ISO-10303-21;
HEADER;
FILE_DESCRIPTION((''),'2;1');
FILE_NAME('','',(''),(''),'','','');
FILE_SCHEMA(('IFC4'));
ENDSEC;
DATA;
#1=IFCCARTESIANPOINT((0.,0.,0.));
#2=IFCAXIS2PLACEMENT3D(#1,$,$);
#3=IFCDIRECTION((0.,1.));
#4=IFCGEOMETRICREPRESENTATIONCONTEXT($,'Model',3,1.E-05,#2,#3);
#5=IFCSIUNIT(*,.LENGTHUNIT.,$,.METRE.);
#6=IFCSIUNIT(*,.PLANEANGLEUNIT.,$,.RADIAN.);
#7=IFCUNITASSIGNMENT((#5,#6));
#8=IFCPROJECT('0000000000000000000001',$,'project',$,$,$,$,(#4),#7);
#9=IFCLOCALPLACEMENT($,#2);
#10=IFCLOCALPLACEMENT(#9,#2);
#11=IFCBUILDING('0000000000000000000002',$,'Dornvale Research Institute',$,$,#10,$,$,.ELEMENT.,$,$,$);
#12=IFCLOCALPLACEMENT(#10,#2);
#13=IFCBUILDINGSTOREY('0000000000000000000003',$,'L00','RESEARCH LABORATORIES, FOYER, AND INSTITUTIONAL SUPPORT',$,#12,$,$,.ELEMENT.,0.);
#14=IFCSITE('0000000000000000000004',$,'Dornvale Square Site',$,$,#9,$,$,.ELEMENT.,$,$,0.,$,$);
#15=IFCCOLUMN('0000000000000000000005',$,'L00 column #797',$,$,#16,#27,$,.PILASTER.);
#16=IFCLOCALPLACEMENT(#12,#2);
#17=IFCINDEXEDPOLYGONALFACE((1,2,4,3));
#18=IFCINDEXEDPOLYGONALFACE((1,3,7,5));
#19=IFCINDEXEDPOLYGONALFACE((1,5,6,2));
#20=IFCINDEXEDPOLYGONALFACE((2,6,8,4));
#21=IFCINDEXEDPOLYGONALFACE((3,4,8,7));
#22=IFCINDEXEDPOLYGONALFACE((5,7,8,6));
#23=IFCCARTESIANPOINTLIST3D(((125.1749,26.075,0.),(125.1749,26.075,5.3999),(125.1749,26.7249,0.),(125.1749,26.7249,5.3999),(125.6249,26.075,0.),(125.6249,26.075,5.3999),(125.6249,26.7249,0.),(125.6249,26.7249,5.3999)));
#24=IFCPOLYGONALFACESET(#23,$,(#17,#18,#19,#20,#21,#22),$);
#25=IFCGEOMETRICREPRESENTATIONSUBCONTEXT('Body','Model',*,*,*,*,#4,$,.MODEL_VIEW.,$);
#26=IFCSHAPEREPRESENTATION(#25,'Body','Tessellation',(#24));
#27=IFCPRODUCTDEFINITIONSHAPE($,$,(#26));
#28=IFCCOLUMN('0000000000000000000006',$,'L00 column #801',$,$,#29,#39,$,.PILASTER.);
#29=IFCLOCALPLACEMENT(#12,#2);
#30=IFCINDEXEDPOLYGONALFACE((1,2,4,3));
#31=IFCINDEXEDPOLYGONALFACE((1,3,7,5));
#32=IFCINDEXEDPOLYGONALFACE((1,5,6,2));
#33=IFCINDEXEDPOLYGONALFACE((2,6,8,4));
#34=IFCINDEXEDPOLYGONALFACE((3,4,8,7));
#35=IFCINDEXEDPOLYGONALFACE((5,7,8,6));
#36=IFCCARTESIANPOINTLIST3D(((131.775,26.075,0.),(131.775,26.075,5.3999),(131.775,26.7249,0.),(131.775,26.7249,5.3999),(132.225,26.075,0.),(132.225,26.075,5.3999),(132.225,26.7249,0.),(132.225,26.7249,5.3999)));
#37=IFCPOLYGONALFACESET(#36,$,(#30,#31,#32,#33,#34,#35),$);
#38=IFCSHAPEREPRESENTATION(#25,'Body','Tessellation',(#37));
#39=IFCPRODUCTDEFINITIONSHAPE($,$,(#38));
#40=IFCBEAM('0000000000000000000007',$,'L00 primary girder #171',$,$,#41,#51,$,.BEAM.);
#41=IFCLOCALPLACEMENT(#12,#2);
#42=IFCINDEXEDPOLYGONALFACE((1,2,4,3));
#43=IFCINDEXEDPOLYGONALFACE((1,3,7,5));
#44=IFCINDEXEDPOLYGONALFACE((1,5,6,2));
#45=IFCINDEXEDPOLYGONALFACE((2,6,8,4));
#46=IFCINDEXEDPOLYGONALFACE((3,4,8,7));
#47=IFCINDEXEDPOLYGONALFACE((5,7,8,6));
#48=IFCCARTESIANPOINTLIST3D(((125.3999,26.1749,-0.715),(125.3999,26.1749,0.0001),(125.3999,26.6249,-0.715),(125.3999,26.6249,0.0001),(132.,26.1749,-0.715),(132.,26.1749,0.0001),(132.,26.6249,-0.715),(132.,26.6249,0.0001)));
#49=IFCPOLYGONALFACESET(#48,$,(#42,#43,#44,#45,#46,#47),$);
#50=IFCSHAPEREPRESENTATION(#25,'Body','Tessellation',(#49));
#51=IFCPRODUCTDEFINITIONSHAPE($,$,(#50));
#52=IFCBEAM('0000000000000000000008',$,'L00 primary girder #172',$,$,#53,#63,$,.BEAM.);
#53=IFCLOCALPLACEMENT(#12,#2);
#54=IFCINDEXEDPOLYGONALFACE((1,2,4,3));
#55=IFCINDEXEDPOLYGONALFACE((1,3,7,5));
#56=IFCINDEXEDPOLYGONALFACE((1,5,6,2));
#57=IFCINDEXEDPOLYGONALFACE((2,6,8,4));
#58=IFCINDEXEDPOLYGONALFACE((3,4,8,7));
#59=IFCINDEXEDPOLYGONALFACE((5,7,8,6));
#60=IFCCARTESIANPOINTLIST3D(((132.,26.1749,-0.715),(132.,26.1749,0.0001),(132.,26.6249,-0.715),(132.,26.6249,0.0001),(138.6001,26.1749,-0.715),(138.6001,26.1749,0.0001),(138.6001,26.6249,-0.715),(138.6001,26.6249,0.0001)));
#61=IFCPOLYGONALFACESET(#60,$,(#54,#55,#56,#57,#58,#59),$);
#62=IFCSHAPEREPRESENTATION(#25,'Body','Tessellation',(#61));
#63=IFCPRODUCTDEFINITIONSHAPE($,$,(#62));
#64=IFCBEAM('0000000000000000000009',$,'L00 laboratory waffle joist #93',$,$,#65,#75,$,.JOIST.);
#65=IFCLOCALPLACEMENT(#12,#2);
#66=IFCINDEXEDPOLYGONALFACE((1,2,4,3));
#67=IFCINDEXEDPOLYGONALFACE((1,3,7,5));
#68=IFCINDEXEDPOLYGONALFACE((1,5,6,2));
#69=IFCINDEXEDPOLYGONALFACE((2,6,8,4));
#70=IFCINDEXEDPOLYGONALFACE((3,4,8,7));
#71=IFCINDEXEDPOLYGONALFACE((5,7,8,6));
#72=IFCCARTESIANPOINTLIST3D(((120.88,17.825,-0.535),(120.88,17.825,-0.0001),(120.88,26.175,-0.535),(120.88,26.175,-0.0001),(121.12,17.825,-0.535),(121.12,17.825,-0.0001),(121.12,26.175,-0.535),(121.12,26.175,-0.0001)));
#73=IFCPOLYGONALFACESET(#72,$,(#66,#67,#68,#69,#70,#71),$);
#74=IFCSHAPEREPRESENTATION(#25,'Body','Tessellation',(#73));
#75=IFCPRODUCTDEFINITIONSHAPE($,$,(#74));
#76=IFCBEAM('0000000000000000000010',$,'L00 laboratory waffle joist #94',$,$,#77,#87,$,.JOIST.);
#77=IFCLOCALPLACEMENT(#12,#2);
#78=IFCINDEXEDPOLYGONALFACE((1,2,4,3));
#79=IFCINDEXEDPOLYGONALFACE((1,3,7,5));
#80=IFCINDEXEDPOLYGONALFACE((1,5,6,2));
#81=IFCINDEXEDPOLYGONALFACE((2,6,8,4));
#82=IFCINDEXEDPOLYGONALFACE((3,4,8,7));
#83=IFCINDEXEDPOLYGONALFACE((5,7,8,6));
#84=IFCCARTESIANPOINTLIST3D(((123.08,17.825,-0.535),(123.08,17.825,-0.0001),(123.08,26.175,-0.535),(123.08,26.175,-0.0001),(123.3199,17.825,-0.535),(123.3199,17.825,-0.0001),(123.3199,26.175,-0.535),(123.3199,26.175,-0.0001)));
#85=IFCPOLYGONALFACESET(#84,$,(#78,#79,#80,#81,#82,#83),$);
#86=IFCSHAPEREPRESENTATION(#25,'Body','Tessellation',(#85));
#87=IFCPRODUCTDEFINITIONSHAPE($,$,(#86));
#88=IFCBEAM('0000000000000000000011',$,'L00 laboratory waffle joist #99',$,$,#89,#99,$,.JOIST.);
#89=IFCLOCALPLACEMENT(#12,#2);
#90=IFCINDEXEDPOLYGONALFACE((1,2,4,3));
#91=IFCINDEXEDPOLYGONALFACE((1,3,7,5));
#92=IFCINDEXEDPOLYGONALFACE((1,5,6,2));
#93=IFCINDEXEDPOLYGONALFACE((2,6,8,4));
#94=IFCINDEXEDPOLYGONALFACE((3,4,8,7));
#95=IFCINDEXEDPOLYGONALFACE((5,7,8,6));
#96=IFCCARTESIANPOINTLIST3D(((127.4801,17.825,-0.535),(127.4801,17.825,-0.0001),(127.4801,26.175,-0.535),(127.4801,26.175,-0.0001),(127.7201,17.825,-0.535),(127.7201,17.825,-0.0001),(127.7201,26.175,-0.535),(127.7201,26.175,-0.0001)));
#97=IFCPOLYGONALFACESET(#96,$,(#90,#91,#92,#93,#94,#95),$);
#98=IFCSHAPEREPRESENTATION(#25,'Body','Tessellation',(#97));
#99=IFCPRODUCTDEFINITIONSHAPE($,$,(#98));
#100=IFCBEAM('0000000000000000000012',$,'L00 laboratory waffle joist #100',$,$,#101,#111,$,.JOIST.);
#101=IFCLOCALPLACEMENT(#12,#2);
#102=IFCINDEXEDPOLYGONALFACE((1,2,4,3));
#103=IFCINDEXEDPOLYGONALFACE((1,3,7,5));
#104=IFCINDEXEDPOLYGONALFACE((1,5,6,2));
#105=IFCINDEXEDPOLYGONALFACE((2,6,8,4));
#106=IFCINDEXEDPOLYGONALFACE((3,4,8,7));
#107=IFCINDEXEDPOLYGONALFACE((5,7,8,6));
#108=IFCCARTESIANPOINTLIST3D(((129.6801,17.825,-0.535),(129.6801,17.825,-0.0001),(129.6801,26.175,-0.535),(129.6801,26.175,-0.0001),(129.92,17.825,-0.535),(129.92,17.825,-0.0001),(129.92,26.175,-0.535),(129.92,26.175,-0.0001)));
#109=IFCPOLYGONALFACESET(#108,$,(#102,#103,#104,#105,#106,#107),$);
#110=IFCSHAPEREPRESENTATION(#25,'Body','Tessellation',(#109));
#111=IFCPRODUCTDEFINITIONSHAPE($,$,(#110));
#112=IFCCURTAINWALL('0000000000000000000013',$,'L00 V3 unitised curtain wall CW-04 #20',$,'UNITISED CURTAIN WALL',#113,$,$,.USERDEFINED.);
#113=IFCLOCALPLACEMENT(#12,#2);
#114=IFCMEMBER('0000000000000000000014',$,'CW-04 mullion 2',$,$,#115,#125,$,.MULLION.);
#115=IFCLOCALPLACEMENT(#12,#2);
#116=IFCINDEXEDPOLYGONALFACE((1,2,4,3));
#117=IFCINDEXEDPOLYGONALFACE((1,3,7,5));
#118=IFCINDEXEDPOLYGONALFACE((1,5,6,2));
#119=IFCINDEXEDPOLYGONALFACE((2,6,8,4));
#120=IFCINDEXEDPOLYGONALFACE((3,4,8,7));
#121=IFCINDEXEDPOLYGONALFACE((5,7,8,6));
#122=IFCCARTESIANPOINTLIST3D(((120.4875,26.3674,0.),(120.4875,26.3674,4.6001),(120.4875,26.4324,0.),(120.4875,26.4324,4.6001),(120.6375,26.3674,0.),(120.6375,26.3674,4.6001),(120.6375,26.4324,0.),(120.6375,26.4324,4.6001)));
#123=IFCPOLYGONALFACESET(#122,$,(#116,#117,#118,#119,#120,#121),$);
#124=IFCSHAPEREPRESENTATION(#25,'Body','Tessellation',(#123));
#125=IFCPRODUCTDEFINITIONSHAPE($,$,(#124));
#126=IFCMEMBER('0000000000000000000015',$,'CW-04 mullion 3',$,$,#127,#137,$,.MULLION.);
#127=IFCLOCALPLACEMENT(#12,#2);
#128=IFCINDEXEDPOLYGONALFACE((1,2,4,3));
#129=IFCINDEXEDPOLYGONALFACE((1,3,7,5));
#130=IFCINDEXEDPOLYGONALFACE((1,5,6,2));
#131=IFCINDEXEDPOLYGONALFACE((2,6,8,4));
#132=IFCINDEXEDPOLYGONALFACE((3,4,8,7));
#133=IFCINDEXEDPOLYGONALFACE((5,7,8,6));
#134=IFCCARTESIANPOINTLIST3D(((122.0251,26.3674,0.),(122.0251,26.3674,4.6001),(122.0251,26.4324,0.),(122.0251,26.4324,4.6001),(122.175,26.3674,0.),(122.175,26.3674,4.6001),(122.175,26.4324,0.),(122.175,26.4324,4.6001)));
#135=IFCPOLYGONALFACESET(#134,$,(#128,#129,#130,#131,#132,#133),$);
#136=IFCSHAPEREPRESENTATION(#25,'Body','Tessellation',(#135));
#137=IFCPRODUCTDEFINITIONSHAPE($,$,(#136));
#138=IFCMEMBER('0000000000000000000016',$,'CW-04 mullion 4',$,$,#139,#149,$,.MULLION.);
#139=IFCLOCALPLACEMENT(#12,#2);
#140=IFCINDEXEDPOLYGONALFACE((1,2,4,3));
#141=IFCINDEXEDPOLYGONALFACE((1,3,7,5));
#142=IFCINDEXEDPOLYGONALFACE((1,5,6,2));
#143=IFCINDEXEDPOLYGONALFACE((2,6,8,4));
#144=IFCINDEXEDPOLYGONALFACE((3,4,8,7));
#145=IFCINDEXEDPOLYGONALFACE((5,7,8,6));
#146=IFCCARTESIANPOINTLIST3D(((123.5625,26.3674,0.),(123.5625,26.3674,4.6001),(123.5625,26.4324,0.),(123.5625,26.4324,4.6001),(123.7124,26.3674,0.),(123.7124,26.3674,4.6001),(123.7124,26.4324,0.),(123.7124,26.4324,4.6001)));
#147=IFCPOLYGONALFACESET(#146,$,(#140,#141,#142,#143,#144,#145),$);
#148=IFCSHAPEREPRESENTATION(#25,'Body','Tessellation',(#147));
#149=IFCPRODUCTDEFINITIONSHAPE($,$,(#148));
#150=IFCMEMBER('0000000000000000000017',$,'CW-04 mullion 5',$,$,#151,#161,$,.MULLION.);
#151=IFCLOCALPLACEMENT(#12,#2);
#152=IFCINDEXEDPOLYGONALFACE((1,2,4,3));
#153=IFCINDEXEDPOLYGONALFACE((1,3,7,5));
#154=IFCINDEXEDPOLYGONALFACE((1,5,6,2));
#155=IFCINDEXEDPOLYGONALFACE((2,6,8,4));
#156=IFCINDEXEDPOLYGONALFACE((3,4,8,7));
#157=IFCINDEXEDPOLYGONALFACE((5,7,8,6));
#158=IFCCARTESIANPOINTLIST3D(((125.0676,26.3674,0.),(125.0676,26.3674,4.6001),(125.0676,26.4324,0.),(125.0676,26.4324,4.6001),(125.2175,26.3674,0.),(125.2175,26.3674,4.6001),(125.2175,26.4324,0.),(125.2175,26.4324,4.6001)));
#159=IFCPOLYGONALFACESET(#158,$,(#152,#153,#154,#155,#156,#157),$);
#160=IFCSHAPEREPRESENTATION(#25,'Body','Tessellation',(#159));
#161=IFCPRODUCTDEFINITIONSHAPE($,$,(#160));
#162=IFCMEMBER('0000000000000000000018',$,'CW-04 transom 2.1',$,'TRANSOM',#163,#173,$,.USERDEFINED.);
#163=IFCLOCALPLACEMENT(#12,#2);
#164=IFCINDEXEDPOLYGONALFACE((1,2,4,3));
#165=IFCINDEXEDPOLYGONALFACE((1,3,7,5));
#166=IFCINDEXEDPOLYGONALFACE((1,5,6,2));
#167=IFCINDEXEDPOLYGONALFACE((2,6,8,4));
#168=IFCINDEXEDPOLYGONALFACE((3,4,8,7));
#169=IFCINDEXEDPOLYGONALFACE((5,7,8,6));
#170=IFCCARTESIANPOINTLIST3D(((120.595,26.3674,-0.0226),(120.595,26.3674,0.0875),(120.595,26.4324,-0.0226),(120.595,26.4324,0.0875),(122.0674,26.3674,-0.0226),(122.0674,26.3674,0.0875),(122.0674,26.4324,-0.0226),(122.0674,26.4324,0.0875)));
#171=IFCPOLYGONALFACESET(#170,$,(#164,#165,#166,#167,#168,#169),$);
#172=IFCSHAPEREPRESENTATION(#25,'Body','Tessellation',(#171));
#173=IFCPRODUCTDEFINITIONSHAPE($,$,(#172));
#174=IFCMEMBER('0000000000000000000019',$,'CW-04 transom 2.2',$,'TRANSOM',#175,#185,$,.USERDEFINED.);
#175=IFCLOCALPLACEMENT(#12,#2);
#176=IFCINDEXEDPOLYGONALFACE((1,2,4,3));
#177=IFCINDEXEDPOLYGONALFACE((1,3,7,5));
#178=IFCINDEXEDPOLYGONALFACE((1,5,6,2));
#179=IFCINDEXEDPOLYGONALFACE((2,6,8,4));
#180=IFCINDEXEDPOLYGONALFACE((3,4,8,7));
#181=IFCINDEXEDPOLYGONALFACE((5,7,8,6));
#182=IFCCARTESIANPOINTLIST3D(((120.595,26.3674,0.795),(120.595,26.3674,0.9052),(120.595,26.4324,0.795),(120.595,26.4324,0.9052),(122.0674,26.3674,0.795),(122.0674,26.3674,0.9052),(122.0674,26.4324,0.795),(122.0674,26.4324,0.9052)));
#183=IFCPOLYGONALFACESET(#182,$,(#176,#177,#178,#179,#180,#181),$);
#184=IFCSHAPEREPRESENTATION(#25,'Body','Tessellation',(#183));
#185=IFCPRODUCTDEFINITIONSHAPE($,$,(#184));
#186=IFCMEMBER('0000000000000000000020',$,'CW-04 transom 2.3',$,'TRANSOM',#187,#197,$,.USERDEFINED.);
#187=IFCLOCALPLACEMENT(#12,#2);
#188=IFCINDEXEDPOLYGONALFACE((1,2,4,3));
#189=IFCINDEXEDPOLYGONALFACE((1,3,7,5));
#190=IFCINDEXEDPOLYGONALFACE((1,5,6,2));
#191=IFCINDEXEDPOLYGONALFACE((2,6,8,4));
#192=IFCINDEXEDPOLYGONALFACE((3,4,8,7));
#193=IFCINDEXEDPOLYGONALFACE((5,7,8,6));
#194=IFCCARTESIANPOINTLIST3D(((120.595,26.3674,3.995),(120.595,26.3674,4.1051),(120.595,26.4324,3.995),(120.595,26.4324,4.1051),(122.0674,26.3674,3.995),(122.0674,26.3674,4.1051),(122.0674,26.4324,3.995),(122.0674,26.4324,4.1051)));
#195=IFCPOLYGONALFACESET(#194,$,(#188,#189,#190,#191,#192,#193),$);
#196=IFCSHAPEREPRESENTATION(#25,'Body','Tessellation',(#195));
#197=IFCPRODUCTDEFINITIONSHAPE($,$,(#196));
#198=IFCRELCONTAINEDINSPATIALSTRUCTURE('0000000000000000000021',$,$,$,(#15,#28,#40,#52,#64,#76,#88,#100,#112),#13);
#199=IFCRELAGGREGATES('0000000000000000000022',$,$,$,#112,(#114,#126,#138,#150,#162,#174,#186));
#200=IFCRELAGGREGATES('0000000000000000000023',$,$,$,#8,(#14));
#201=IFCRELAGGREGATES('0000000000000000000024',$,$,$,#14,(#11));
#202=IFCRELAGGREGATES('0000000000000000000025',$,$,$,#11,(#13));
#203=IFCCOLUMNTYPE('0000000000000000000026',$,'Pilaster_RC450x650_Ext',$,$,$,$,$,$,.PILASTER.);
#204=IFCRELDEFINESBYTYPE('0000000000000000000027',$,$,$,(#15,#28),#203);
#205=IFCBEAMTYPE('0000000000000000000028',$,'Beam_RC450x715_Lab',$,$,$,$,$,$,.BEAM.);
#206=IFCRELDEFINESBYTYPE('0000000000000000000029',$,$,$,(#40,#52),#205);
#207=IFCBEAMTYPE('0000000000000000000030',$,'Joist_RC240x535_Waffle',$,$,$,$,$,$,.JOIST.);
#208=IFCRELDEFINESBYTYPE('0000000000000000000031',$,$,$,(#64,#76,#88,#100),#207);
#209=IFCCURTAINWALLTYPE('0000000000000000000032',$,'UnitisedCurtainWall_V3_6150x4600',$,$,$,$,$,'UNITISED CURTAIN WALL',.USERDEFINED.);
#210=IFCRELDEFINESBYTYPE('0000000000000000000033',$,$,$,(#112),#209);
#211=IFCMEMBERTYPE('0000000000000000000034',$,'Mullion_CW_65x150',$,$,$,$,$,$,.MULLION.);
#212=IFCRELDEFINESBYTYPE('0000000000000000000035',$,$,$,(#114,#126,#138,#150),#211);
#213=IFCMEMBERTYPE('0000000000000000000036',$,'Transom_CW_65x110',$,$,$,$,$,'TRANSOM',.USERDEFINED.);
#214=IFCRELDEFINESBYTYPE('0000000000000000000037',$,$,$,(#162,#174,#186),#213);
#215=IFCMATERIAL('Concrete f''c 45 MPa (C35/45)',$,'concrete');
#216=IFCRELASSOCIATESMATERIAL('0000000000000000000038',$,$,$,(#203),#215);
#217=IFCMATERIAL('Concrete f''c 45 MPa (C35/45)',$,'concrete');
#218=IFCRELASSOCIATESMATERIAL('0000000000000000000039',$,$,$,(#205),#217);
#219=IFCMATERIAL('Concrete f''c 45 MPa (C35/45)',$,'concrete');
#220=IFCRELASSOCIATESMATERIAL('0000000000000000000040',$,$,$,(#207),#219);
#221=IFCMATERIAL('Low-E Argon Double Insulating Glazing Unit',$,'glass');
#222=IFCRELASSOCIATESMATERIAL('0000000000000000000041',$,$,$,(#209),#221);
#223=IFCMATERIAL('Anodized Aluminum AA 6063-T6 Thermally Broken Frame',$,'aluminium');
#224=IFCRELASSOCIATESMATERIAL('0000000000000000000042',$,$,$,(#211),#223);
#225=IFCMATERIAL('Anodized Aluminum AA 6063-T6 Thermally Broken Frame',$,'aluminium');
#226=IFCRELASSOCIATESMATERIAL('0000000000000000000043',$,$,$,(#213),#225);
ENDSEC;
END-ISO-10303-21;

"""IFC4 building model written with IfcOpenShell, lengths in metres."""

from ifc_helpers import new_model, si_unit, direction, frame, origin, origin_2d, place, context, subcontext, project, spatial, rectangle, extrude, material, material_profile, profile_set, type_object, element, aggregate, save


model = new_model("IFC4")

# Units and contexts
model_context = context("Model", 3, precision=1e-05, world=origin(), true_north=direction((0.0, 1.0)))
body_context = subcontext(model_context, "Body", "Model", "MODEL_VIEW")
ifc_project = project(units=[si_unit("LENGTHUNIT", "METRE"), si_unit("PLANEANGLEUNIT", "RADIAN")], contexts=[model_context])

# Site, building, storey
site_placement = place(None, origin())
site = spatial("IfcSite", under=ifc_project, at=site_placement, Name="Dornvale Square Site", CompositionType="ELEMENT", RefElevation=0.0)
building_placement = place(site_placement, origin())
building = spatial("IfcBuilding", under=site, at=building_placement, Name="Dornvale Research Institute", CompositionType="ELEMENT")
storey_placement = place(building_placement, origin())
storey = spatial("IfcBuildingStorey", under=building, at=storey_placement, Name="L00", Description="RESEARCH LABORATORIES, FOYER, AND INSTITUTIONAL SUPPORT", CompositionType="ELEMENT", Elevation=0.0)

# Columns
ifc_material_1 = material(Name="Concrete f'c 45 MPa (C35/45)", Category="concrete")
ifc_material_profile_1 = material_profile(ifc_material_1, rectangle(XDim=0.45, YDim=0.6499, at=origin_2d()), Name="RC 450x650")
ifc_profile_set_1 = profile_set([ifc_material_profile_1], Name="Concrete f'c 45 MPa (C35/45)")
column_type = type_object("IfcColumnType", Name="Pilaster_RC450x650_Ext", PredefinedType="PILASTER", material=ifc_profile_set_1)
for number, where, z_axis, x_axis, name in (
    (1, (125.3999, 26.3999, 0.0), (0.0, 0.0, 1.0), (1.0, 0.0, 0.0), "L00 column #797"),
    (2, (132.0, 26.3999, 0.0), (0.0, 0.0, 1.0), (1.0, 0.0, 0.0), "L00 column #801"),
):
    element("IfcColumn", number, at=place(storey_placement, frame(where, z_axis=z_axis, x_axis=x_axis)), inside=storey, type_object=column_type, Name=name, PredefinedType="PILASTER", context=body_context, shape_type="SweptSolid", body=[
        extrude(rectangle(XDim=0.45, YDim=0.6499, at=origin_2d()), origin(), (0.0, 0.0, 1.0), 5.3999),
    ])

# Beams
ifc_material_2 = material(Name="Concrete f'c 45 MPa (C35/45)", Category="concrete")
ifc_material_profile_2 = material_profile(ifc_material_2, rectangle(XDim=0.45, YDim=0.7151, at=origin_2d()), Name="RC 450x715")
ifc_profile_set_2 = profile_set([ifc_material_profile_2], Name="Concrete f'c 45 MPa (C35/45)")
beam_type_1 = type_object("IfcBeamType", Name="Beam_RC450x715_Lab", PredefinedType="BEAM", material=ifc_profile_set_2)
for number, where, z_axis, x_axis, name in (
    (3, (125.3999, 26.3999, -0.3574), (1.0, 0.0, 0.0), (0.0, 1.0, 0.0), "L00 primary girder #171"),
    (4, (132.0, 26.3999, -0.3574), (1.0, 0.0, 0.0), (0.0, 1.0, 0.0), "L00 primary girder #172"),
):
    element("IfcBeam", number, at=place(storey_placement, frame(where, z_axis=z_axis, x_axis=x_axis)), inside=storey, type_object=beam_type_1, Name=name, PredefinedType="BEAM", context=body_context, shape_type="SweptSolid", body=[
        extrude(rectangle(XDim=0.45, YDim=0.7151, at=origin_2d()), origin(), (0.0, 0.0, 1.0), 6.6001),
    ])
ifc_material_3 = material(Name="Concrete f'c 45 MPa (C35/45)", Category="concrete")
ifc_material_profile_3 = material_profile(ifc_material_3, rectangle(XDim=0.24, YDim=0.5349, at=origin_2d()), Name="RC 240x535")
ifc_profile_set_3 = profile_set([ifc_material_profile_3], Name="Concrete f'c 45 MPa (C35/45)")
beam_type_2 = type_object("IfcBeamType", Name="Joist_RC240x535_Waffle", PredefinedType="JOIST", material=ifc_profile_set_3)
for number, where, z_axis, x_axis, name in (
    (5, (121.0, 17.825, -0.2676), (0.0, 1.0, 0.0), (-1.0, 0.0, 0.0), "L00 laboratory waffle joist #93"),
    (6, (123.2, 17.825, -0.2676), (0.0, 1.0, 0.0), (-1.0, 0.0, 0.0), "L00 laboratory waffle joist #94"),
    (7, (127.6001, 17.825, -0.2676), (0.0, 1.0, 0.0), (-1.0, 0.0, 0.0), "L00 laboratory waffle joist #99"),
    (8, (129.8, 17.825, -0.2676), (0.0, 1.0, 0.0), (-1.0, 0.0, 0.0), "L00 laboratory waffle joist #100"),
):
    element("IfcBeam", number, at=place(storey_placement, frame(where, z_axis=z_axis, x_axis=x_axis)), inside=storey, type_object=beam_type_2, Name=name, PredefinedType="JOIST", context=body_context, shape_type="SweptSolid", body=[
        extrude(rectangle(XDim=0.24, YDim=0.5349, at=origin_2d()), origin(), (0.0, 0.0, 1.0), 8.3501),
    ])

# Curtain wall, members
ifc_material_4 = material(Name="Low-E Argon Double Insulating Glazing Unit", Category="glass")
curtain_wall_type = type_object("IfcCurtainWallType", Name="UnitisedCurtainWall_V3_6150x4600", ElementType="UNITISED CURTAIN WALL", PredefinedType="USERDEFINED", material=ifc_material_4)
curtain_wall_placement = place(storey_placement, origin())
curtain_wall = element("IfcCurtainWall", 9, at=curtain_wall_placement, inside=storey, type_object=curtain_wall_type, Name="L00 V3 unitised curtain wall CW-04 #20", ObjectType="UNITISED CURTAIN WALL", PredefinedType="USERDEFINED")
ifc_material_5 = material(Name="Anodized Aluminum AA 6063-T6 Thermally Broken Frame", Category="aluminium")
ifc_material_profile_4 = material_profile(ifc_material_5, rectangle(XDim=0.0649, YDim=0.1499, at=origin_2d()), Name="ALU MULLION 65x150")
ifc_profile_set_4 = profile_set([ifc_material_profile_4], Name="Anodized Aluminum AA 6063-T6 Thermally Broken Frame")
member_type_1 = type_object("IfcMemberType", Name="Mullion_CW_65x150", PredefinedType="MULLION", material=ifc_profile_set_4)
member_1_placement = place(storey_placement, frame((120.5625, 26.3999, 0.0), z_axis=(0.0, 0.0, 1.0), x_axis=(0.0, 1.0, 0.0)))
member_1 = element("IfcMember", 10, at=member_1_placement, type_object=member_type_1, Name="CW-04 mullion 2", PredefinedType="MULLION", context=body_context, shape_type="SweptSolid", body=[
    extrude(rectangle(XDim=0.0649, YDim=0.1499, at=origin_2d()), origin(), (0.0, 0.0, 1.0), 4.6001),
])
member_2_placement = place(storey_placement, frame((122.1001, 26.3999, 0.0), z_axis=(0.0, 0.0, 1.0), x_axis=(0.0, 1.0, 0.0)))
member_2 = element("IfcMember", 11, at=member_2_placement, type_object=member_type_1, Name="CW-04 mullion 3", PredefinedType="MULLION", context=body_context, shape_type="SweptSolid", body=[
    extrude(rectangle(XDim=0.0649, YDim=0.1499, at=origin_2d()), origin(), (0.0, 0.0, 1.0), 4.6001),
])
member_3_placement = place(storey_placement, frame((123.6375, 26.3999, 0.0), z_axis=(0.0, 0.0, 1.0), x_axis=(0.0, 1.0, 0.0)))
member_3 = element("IfcMember", 12, at=member_3_placement, type_object=member_type_1, Name="CW-04 mullion 4", PredefinedType="MULLION", context=body_context, shape_type="SweptSolid", body=[
    extrude(rectangle(XDim=0.0649, YDim=0.1499, at=origin_2d()), origin(), (0.0, 0.0, 1.0), 4.6001),
])
member_4_placement = place(storey_placement, frame((125.1426, 26.3999, 0.0), z_axis=(0.0, 0.0, 1.0), x_axis=(0.0, 1.0, 0.0)))
member_4 = element("IfcMember", 13, at=member_4_placement, type_object=member_type_1, Name="CW-04 mullion 5", PredefinedType="MULLION", context=body_context, shape_type="SweptSolid", body=[
    extrude(rectangle(XDim=0.0649, YDim=0.1499, at=origin_2d()), origin(), (0.0, 0.0, 1.0), 4.6001),
])
ifc_material_6 = material(Name="Anodized Aluminum AA 6063-T6 Thermally Broken Frame", Category="aluminium")
ifc_material_profile_5 = material_profile(ifc_material_6, rectangle(XDim=0.0649, YDim=0.1101, at=origin_2d()), Name="ALU TRANSOM 65x110")
ifc_profile_set_5 = profile_set([ifc_material_profile_5], Name="Anodized Aluminum AA 6063-T6 Thermally Broken Frame")
member_type_2 = type_object("IfcMemberType", Name="Transom_CW_65x110", ElementType="TRANSOM", PredefinedType="USERDEFINED", material=ifc_profile_set_5)
member_5_placement = place(storey_placement, frame((120.595, 26.3999, 0.0325), z_axis=(1.0, 0.0, 0.0), x_axis=(0.0, 1.0, 0.0)))
member_5 = element("IfcMember", 14, at=member_5_placement, type_object=member_type_2, Name="CW-04 transom 2.1", ObjectType="TRANSOM", PredefinedType="USERDEFINED", context=body_context, shape_type="SweptSolid", body=[
    extrude(rectangle(XDim=0.0649, YDim=0.1101, at=origin_2d()), origin(), (0.0, 0.0, 1.0), 1.4724),
])
member_6_placement = place(storey_placement, frame((120.595, 26.3999, 0.8501), z_axis=(1.0, 0.0, 0.0), x_axis=(0.0, 1.0, 0.0)))
member_6 = element("IfcMember", 15, at=member_6_placement, type_object=member_type_2, Name="CW-04 transom 2.2", ObjectType="TRANSOM", PredefinedType="USERDEFINED", context=body_context, shape_type="SweptSolid", body=[
    extrude(rectangle(XDim=0.0649, YDim=0.1101, at=origin_2d()), origin(), (0.0, 0.0, 1.0), 1.4724),
])
member_7_placement = place(storey_placement, frame((120.595, 26.3999, 4.05), z_axis=(1.0, 0.0, 0.0), x_axis=(0.0, 1.0, 0.0)))
member_7 = element("IfcMember", 16, at=member_7_placement, type_object=member_type_2, Name="CW-04 transom 2.3", ObjectType="TRANSOM", PredefinedType="USERDEFINED", context=body_context, shape_type="SweptSolid", body=[
    extrude(rectangle(XDim=0.0649, YDim=0.1101, at=origin_2d()), origin(), (0.0, 0.0, 1.0), 1.4724),
])
aggregate(curtain_wall, [member_1, member_2, member_3, member_4, member_5, member_6, member_7])

save(model, "model.ifc")
